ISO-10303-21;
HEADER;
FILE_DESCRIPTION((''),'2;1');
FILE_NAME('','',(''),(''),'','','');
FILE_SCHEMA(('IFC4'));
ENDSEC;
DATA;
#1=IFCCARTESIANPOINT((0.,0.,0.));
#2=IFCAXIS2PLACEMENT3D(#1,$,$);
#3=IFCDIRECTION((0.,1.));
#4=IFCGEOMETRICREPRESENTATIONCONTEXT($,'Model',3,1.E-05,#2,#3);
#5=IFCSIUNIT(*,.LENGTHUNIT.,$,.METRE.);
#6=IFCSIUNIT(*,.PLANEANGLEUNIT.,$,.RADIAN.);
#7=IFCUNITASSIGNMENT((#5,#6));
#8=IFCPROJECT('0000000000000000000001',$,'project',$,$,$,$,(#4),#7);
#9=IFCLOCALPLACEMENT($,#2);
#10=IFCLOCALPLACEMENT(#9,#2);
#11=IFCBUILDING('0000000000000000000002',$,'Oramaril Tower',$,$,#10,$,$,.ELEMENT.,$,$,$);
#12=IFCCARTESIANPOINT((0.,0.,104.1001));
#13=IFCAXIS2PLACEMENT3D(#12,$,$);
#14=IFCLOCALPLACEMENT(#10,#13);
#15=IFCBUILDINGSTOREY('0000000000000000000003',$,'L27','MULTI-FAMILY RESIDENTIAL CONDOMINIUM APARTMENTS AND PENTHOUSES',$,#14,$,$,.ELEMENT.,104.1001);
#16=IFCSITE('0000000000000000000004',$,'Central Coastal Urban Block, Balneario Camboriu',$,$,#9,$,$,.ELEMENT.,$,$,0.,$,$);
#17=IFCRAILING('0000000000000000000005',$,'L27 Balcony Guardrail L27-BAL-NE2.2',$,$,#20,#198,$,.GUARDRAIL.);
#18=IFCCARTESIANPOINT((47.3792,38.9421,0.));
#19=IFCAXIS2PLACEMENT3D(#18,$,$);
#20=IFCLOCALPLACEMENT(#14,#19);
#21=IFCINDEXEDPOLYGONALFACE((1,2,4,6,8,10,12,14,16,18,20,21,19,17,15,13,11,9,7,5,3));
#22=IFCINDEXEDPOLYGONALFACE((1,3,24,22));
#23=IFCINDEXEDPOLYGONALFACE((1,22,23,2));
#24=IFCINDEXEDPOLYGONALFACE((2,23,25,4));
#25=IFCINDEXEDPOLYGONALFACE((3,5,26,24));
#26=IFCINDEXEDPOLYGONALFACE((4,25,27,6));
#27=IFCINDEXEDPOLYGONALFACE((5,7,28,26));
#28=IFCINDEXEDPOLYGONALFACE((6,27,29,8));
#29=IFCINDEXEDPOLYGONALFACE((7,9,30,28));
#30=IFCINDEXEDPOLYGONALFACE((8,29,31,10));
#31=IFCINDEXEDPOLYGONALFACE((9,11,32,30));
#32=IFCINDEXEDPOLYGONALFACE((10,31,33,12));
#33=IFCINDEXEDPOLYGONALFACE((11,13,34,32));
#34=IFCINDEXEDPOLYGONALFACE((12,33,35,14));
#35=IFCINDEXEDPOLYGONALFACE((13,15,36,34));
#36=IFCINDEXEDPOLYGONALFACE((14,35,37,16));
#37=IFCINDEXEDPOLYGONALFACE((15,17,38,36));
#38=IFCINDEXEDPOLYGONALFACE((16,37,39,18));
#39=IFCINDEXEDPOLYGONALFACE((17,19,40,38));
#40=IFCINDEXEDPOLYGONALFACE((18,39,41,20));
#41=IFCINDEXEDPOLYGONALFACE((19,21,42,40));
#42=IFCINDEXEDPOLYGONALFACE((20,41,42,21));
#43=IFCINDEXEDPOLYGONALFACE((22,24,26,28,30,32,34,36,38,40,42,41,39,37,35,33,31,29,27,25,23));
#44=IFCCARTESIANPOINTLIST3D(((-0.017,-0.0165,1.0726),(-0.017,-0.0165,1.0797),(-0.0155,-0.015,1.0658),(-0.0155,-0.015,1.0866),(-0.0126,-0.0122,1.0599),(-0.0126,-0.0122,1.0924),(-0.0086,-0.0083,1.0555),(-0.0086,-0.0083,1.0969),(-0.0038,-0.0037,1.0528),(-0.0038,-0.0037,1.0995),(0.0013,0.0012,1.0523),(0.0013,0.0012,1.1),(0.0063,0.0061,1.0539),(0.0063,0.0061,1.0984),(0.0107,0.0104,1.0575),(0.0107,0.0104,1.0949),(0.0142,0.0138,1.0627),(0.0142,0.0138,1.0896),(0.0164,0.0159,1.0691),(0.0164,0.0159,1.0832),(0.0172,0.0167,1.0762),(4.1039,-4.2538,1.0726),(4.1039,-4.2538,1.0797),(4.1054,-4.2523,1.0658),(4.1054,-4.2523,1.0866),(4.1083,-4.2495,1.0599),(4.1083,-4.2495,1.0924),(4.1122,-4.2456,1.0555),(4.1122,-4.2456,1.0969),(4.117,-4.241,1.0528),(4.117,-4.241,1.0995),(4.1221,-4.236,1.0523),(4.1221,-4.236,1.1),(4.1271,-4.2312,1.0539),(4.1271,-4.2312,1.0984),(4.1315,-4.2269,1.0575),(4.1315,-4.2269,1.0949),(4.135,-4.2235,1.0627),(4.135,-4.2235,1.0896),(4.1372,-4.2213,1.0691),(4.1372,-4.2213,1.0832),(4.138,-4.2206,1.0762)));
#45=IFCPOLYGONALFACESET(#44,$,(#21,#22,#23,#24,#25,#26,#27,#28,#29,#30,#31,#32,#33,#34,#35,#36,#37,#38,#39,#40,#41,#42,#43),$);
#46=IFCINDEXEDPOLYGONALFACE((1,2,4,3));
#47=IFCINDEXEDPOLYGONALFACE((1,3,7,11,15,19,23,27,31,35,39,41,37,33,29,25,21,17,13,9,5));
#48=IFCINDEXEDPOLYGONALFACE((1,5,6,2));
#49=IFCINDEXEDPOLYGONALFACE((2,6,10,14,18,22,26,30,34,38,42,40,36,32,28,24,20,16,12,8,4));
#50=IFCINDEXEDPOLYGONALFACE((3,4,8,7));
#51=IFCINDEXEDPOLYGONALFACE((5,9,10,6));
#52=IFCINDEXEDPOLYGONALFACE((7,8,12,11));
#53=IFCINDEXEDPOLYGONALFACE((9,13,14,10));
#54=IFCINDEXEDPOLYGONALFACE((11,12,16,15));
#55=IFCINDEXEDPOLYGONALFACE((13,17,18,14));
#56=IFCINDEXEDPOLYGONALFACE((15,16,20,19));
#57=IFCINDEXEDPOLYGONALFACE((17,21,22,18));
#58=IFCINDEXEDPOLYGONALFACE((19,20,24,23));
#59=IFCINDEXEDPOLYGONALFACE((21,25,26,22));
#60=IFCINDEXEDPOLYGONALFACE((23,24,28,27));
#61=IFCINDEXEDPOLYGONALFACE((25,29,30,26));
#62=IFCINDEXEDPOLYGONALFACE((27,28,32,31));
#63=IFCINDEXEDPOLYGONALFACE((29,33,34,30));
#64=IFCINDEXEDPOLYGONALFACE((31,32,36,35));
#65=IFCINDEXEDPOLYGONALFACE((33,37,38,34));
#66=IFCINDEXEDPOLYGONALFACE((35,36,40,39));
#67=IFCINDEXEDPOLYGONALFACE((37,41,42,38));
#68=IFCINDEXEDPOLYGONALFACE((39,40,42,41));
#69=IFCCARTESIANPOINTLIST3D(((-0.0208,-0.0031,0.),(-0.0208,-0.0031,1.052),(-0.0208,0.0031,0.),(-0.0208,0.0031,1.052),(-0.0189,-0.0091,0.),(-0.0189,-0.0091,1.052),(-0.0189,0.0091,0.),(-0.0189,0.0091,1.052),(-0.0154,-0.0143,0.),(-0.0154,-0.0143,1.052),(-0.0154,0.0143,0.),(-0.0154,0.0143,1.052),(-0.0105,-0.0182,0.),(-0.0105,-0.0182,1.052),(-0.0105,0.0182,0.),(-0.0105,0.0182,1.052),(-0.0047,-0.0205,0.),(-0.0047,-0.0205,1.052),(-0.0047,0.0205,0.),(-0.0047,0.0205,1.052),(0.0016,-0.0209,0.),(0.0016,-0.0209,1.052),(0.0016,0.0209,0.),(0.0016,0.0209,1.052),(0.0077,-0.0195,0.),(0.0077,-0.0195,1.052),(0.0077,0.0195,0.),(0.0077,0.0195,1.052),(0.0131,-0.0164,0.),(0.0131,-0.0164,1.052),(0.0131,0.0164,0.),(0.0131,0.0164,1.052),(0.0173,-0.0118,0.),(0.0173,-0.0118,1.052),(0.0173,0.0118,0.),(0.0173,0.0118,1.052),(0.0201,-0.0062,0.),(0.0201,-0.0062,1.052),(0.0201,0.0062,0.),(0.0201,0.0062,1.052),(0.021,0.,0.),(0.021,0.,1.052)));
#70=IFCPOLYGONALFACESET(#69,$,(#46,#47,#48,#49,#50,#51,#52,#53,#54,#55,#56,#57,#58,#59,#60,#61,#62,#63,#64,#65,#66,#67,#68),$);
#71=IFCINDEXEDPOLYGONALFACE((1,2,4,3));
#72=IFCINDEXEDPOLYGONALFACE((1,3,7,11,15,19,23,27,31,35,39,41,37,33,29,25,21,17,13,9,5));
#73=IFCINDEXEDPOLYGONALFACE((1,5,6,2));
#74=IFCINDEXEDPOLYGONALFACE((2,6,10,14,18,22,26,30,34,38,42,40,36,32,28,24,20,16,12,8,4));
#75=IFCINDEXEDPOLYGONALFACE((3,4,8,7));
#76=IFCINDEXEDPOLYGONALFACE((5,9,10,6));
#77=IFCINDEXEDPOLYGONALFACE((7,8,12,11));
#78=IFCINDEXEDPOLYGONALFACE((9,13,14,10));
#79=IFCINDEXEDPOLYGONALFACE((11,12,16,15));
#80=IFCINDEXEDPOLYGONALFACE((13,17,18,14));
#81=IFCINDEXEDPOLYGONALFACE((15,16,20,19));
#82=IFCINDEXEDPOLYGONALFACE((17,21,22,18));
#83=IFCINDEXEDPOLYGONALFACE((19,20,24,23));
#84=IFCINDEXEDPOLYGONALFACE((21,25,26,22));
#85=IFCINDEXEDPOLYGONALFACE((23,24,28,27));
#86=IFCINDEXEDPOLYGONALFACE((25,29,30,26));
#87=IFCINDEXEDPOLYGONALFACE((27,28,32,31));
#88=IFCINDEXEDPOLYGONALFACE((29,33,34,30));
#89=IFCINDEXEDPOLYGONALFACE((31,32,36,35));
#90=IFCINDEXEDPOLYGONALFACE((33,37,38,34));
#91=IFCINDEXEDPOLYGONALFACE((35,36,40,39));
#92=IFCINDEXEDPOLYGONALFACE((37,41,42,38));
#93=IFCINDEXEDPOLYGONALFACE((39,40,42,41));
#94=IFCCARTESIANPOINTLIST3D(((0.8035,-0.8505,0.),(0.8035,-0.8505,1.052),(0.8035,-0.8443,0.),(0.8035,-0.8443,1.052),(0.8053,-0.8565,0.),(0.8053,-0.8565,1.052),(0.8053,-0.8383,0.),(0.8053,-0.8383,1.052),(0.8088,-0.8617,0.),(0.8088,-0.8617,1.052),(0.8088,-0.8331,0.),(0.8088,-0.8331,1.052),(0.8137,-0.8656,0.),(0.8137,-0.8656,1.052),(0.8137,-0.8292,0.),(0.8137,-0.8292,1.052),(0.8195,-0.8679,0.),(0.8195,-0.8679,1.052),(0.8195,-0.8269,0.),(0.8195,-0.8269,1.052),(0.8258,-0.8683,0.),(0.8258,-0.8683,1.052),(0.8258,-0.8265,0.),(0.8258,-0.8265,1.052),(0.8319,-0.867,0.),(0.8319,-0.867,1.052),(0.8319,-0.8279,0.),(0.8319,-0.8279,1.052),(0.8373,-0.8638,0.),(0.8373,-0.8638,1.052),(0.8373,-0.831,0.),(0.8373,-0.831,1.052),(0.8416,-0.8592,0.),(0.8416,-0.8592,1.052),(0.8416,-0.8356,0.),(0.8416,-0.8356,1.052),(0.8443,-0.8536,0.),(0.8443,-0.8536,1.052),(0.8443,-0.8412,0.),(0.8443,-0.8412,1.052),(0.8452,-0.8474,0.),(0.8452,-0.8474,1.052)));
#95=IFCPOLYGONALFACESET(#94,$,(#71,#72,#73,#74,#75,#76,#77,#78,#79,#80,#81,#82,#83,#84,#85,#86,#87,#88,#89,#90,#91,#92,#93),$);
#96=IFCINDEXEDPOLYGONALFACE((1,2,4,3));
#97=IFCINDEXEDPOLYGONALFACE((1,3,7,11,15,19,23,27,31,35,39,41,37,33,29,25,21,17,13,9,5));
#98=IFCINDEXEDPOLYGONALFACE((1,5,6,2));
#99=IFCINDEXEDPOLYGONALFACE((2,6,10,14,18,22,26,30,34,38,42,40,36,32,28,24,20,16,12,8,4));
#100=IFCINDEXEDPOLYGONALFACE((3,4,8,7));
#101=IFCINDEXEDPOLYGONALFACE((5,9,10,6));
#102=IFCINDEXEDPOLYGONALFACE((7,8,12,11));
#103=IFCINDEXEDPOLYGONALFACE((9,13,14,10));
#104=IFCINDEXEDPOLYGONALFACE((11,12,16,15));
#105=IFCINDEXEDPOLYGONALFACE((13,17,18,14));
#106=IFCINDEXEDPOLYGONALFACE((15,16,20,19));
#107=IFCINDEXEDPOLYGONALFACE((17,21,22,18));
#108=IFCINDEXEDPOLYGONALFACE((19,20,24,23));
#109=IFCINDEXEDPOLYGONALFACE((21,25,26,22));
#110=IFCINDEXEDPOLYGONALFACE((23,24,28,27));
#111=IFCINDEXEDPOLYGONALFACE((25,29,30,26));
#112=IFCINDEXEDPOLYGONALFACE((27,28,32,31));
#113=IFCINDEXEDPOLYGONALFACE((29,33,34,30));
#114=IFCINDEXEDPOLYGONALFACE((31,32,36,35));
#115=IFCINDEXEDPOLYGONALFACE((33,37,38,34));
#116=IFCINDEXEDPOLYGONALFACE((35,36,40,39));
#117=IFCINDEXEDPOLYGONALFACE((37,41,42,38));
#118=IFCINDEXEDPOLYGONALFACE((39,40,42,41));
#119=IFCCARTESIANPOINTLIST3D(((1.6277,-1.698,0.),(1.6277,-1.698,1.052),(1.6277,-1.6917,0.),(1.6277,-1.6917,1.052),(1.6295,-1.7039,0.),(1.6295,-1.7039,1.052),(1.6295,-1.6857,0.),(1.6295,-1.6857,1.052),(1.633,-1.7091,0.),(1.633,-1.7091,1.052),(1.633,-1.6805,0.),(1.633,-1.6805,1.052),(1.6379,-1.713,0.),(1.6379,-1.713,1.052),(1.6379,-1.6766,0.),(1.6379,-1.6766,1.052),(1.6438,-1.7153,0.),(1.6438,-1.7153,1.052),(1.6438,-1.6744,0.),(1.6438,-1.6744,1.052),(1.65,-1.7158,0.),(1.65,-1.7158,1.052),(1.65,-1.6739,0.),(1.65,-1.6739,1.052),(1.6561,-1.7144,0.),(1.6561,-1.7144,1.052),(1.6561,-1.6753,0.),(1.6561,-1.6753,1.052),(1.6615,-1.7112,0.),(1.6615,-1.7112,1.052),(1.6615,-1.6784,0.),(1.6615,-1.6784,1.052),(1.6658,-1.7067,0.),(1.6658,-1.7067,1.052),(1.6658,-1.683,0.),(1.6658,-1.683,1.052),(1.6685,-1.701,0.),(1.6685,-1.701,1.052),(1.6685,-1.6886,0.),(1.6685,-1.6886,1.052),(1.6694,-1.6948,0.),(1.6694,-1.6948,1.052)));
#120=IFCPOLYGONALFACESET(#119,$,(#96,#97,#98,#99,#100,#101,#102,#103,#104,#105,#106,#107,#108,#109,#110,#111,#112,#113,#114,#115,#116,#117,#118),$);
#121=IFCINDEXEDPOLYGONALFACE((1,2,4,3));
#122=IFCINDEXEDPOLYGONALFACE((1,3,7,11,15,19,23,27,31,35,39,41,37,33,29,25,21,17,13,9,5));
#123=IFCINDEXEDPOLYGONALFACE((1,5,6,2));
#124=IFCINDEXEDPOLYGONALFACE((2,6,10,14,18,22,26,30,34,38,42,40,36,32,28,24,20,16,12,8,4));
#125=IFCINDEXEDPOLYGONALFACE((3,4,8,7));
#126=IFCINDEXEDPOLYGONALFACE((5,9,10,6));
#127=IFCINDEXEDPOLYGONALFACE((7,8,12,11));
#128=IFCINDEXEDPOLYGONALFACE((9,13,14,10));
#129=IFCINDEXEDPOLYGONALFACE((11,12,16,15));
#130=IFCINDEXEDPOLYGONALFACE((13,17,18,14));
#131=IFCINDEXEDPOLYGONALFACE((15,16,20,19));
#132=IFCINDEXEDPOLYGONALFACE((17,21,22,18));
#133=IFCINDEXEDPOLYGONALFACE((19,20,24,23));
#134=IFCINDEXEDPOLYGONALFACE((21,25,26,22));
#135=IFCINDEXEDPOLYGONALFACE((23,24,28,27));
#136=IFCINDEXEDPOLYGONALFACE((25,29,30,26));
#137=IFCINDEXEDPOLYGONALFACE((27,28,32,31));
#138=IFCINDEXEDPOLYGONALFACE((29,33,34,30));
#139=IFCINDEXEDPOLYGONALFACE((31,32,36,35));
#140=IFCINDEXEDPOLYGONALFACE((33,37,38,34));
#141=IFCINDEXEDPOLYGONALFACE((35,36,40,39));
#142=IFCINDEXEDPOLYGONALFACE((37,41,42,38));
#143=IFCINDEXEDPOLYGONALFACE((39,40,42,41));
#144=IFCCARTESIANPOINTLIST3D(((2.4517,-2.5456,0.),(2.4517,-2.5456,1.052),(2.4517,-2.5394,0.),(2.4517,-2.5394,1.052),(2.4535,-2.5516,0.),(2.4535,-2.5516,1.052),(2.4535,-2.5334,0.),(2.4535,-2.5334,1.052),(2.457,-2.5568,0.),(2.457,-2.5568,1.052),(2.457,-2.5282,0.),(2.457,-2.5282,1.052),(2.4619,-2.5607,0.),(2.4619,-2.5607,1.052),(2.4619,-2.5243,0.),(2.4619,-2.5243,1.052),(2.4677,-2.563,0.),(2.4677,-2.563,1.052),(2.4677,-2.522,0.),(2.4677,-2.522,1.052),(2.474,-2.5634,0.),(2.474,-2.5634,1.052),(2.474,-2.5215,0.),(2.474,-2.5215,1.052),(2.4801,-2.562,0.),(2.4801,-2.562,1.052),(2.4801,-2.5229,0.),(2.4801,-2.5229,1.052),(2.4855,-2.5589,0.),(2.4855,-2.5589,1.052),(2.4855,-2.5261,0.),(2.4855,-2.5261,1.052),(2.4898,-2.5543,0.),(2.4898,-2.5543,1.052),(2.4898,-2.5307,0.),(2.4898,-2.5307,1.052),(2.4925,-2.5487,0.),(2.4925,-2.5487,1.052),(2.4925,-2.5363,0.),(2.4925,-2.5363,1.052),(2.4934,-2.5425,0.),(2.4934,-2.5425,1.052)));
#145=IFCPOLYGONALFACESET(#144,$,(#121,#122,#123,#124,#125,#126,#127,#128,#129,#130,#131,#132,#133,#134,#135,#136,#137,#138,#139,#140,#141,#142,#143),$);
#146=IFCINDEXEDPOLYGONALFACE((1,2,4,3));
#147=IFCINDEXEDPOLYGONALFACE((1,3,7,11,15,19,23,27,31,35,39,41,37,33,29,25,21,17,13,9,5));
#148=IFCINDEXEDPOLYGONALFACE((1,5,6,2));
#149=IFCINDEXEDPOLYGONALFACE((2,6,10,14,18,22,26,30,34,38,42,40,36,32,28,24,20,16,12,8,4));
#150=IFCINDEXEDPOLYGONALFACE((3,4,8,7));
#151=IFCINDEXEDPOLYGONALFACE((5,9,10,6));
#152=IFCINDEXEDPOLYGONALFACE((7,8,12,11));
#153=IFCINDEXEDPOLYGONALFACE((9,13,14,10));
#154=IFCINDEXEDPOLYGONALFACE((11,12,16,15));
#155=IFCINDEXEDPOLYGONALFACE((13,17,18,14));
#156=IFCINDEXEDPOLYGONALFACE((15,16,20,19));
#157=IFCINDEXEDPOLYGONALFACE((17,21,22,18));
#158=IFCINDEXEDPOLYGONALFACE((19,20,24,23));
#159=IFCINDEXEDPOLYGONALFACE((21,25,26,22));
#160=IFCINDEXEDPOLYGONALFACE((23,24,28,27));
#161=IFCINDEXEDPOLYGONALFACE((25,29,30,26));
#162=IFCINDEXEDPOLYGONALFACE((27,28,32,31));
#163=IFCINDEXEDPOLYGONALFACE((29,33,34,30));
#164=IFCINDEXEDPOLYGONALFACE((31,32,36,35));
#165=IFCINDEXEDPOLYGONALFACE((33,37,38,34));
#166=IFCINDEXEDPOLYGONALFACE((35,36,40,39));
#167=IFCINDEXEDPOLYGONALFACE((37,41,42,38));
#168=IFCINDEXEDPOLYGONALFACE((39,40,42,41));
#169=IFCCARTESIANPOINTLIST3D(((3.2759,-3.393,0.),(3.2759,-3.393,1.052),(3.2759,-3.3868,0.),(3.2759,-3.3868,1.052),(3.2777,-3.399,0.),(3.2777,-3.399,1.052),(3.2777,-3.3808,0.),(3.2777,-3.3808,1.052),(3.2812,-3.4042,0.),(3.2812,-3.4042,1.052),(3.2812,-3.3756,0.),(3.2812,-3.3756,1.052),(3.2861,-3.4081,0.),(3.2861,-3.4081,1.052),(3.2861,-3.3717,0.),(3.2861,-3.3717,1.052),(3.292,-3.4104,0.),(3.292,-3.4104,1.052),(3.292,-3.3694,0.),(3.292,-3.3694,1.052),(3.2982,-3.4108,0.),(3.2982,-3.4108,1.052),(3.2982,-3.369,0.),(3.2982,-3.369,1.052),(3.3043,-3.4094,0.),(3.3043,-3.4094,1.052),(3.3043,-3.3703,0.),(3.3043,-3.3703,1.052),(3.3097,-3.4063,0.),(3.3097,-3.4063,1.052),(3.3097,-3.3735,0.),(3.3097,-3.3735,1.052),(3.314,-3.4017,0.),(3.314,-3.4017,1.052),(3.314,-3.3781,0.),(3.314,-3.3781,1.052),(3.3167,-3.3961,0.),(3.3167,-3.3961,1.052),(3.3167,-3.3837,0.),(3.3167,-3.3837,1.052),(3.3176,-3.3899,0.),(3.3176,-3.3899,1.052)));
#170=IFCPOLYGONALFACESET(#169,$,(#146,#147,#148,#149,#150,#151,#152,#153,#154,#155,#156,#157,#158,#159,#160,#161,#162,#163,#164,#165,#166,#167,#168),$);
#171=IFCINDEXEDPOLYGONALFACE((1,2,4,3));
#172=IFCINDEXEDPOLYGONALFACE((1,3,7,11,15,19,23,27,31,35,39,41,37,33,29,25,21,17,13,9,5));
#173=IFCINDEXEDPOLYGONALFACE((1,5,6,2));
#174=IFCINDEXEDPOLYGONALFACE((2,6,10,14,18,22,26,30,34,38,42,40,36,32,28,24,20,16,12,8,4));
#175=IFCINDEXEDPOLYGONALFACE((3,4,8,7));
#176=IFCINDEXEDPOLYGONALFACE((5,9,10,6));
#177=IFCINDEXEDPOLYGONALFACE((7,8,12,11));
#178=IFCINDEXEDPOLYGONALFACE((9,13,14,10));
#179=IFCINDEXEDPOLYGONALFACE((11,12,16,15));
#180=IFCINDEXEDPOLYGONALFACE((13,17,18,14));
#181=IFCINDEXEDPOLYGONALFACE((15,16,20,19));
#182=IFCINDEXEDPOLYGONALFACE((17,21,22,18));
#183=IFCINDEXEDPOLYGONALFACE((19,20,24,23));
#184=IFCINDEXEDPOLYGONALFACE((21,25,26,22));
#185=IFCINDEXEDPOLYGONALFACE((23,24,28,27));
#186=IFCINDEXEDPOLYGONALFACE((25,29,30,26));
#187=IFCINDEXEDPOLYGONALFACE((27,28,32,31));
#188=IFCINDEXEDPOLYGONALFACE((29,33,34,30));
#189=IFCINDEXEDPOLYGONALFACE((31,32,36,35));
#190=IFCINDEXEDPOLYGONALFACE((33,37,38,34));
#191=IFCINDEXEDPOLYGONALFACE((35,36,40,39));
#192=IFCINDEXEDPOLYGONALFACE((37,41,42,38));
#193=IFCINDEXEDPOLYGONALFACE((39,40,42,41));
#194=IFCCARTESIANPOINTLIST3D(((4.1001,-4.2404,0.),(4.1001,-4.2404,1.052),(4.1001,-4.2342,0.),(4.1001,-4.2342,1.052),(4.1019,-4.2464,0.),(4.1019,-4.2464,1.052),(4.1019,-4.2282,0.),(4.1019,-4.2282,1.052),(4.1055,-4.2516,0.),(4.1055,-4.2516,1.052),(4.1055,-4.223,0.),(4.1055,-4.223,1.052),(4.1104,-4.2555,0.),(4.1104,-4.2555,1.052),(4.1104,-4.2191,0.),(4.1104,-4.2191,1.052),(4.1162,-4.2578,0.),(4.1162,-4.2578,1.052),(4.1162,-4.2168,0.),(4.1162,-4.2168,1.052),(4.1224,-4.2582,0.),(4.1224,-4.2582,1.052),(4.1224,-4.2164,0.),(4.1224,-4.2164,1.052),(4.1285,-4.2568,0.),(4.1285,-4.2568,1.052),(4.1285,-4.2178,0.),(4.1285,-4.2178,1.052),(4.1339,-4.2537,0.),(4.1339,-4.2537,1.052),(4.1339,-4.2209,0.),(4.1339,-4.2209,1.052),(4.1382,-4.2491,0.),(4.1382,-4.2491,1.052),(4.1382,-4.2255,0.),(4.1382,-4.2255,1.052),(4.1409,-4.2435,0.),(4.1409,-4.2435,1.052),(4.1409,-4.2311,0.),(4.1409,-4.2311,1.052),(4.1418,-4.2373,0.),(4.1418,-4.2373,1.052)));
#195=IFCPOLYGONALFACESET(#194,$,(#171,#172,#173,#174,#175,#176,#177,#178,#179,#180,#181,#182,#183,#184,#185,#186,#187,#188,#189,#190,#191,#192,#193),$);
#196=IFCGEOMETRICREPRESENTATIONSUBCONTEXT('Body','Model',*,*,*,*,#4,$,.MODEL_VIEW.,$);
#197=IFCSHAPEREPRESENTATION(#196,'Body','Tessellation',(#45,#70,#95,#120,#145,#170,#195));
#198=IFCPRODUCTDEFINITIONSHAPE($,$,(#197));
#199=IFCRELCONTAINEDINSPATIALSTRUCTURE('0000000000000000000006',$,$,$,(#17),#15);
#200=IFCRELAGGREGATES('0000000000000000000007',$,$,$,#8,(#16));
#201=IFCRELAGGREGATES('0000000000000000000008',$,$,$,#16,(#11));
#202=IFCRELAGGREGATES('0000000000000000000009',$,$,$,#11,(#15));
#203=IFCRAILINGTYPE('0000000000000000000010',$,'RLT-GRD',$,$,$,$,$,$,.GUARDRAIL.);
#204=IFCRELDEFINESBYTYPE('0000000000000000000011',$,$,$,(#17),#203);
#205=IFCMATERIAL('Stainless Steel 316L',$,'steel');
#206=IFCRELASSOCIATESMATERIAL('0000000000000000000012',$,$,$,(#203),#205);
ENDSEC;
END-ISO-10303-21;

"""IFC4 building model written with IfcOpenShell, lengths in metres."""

from ifc_helpers import new_model, si_unit, direction, frame, origin, origin_2d, place, context, subcontext, project, spatial, circle, extrude, material, type_object, element, save


model = new_model("IFC4")

# Units and contexts
model_context = context("Model", 3, precision=1e-05, world=origin(), true_north=direction((0.0, 1.0)))
body_context = subcontext(model_context, "Body", "Model", "MODEL_VIEW")
ifc_project = project(units=[si_unit("LENGTHUNIT", "METRE"), si_unit("PLANEANGLEUNIT", "RADIAN")], contexts=[model_context])

# Site, building, storey
site_placement = place(None, origin())
site = spatial("IfcSite", under=ifc_project, at=site_placement, Name="Central Coastal Urban Block, Balneario Camboriu", CompositionType="ELEMENT", RefElevation=0.0)
building_placement = place(site_placement, origin())
building = spatial("IfcBuilding", under=site, at=building_placement, Name="Oramaril Tower", CompositionType="ELEMENT")
storey_placement = place(building_placement, frame((0.0, 0.0, 104.1001)))
storey = spatial("IfcBuildingStorey", under=building, at=storey_placement, Name="L27", Description="MULTI-FAMILY RESIDENTIAL CONDOMINIUM APARTMENTS AND PENTHOUSES", CompositionType="ELEMENT", Elevation=104.1001)

# Railing
ifc_material_1 = material(Name="Stainless Steel 316L", Category="steel")
railing_type = type_object("IfcRailingType", Name="RLT-GRD", PredefinedType="GUARDRAIL", material=ifc_material_1)
railing_1_placement = place(storey_placement, frame((47.3792, 38.9421, 0.0)))
element("IfcRailing", 1, at=railing_1_placement, inside=storey, type_object=railing_type, Name="L27 Balcony Guardrail L27-BAL-NE2.2", PredefinedType="GUARDRAIL", context=body_context, shape_type="SweptSolid", body=[
    extrude(circle(Radius=0.0239, at=origin_2d()), frame((0.0, 0.0, 1.0762), z_axis=(0.697187, -0.716889, 0.0), x_axis=(0.716889, 0.697187, 0.0)), (0.0, 0.0, 1.0), 5.9106),
    extrude(circle(Radius=0.021, at=origin_2d()), origin(), (0.0, 0.0, 1.0), 1.052),
    extrude(circle(Radius=0.021, at=origin_2d()), frame((0.8242, -0.8474, 0.0)), (0.0, 0.0, 1.0), 1.052),
    extrude(circle(Radius=0.021, at=origin_2d()), frame((1.6484, -1.6948, 0.0)), (0.0, 0.0, 1.0), 1.052),
    extrude(circle(Radius=0.021, at=origin_2d()), frame((2.4724, -2.5425, 0.0)), (0.0, 0.0, 1.0), 1.052),
    extrude(circle(Radius=0.021, at=origin_2d()), frame((3.2966, -3.3899, 0.0)), (0.0, 0.0, 1.0), 1.052),
    extrude(circle(Radius=0.021, at=origin_2d()), frame((4.1208, -4.2373, 0.0)), (0.0, 0.0, 1.0), 1.052),
])

save(model, "model.ifc")
